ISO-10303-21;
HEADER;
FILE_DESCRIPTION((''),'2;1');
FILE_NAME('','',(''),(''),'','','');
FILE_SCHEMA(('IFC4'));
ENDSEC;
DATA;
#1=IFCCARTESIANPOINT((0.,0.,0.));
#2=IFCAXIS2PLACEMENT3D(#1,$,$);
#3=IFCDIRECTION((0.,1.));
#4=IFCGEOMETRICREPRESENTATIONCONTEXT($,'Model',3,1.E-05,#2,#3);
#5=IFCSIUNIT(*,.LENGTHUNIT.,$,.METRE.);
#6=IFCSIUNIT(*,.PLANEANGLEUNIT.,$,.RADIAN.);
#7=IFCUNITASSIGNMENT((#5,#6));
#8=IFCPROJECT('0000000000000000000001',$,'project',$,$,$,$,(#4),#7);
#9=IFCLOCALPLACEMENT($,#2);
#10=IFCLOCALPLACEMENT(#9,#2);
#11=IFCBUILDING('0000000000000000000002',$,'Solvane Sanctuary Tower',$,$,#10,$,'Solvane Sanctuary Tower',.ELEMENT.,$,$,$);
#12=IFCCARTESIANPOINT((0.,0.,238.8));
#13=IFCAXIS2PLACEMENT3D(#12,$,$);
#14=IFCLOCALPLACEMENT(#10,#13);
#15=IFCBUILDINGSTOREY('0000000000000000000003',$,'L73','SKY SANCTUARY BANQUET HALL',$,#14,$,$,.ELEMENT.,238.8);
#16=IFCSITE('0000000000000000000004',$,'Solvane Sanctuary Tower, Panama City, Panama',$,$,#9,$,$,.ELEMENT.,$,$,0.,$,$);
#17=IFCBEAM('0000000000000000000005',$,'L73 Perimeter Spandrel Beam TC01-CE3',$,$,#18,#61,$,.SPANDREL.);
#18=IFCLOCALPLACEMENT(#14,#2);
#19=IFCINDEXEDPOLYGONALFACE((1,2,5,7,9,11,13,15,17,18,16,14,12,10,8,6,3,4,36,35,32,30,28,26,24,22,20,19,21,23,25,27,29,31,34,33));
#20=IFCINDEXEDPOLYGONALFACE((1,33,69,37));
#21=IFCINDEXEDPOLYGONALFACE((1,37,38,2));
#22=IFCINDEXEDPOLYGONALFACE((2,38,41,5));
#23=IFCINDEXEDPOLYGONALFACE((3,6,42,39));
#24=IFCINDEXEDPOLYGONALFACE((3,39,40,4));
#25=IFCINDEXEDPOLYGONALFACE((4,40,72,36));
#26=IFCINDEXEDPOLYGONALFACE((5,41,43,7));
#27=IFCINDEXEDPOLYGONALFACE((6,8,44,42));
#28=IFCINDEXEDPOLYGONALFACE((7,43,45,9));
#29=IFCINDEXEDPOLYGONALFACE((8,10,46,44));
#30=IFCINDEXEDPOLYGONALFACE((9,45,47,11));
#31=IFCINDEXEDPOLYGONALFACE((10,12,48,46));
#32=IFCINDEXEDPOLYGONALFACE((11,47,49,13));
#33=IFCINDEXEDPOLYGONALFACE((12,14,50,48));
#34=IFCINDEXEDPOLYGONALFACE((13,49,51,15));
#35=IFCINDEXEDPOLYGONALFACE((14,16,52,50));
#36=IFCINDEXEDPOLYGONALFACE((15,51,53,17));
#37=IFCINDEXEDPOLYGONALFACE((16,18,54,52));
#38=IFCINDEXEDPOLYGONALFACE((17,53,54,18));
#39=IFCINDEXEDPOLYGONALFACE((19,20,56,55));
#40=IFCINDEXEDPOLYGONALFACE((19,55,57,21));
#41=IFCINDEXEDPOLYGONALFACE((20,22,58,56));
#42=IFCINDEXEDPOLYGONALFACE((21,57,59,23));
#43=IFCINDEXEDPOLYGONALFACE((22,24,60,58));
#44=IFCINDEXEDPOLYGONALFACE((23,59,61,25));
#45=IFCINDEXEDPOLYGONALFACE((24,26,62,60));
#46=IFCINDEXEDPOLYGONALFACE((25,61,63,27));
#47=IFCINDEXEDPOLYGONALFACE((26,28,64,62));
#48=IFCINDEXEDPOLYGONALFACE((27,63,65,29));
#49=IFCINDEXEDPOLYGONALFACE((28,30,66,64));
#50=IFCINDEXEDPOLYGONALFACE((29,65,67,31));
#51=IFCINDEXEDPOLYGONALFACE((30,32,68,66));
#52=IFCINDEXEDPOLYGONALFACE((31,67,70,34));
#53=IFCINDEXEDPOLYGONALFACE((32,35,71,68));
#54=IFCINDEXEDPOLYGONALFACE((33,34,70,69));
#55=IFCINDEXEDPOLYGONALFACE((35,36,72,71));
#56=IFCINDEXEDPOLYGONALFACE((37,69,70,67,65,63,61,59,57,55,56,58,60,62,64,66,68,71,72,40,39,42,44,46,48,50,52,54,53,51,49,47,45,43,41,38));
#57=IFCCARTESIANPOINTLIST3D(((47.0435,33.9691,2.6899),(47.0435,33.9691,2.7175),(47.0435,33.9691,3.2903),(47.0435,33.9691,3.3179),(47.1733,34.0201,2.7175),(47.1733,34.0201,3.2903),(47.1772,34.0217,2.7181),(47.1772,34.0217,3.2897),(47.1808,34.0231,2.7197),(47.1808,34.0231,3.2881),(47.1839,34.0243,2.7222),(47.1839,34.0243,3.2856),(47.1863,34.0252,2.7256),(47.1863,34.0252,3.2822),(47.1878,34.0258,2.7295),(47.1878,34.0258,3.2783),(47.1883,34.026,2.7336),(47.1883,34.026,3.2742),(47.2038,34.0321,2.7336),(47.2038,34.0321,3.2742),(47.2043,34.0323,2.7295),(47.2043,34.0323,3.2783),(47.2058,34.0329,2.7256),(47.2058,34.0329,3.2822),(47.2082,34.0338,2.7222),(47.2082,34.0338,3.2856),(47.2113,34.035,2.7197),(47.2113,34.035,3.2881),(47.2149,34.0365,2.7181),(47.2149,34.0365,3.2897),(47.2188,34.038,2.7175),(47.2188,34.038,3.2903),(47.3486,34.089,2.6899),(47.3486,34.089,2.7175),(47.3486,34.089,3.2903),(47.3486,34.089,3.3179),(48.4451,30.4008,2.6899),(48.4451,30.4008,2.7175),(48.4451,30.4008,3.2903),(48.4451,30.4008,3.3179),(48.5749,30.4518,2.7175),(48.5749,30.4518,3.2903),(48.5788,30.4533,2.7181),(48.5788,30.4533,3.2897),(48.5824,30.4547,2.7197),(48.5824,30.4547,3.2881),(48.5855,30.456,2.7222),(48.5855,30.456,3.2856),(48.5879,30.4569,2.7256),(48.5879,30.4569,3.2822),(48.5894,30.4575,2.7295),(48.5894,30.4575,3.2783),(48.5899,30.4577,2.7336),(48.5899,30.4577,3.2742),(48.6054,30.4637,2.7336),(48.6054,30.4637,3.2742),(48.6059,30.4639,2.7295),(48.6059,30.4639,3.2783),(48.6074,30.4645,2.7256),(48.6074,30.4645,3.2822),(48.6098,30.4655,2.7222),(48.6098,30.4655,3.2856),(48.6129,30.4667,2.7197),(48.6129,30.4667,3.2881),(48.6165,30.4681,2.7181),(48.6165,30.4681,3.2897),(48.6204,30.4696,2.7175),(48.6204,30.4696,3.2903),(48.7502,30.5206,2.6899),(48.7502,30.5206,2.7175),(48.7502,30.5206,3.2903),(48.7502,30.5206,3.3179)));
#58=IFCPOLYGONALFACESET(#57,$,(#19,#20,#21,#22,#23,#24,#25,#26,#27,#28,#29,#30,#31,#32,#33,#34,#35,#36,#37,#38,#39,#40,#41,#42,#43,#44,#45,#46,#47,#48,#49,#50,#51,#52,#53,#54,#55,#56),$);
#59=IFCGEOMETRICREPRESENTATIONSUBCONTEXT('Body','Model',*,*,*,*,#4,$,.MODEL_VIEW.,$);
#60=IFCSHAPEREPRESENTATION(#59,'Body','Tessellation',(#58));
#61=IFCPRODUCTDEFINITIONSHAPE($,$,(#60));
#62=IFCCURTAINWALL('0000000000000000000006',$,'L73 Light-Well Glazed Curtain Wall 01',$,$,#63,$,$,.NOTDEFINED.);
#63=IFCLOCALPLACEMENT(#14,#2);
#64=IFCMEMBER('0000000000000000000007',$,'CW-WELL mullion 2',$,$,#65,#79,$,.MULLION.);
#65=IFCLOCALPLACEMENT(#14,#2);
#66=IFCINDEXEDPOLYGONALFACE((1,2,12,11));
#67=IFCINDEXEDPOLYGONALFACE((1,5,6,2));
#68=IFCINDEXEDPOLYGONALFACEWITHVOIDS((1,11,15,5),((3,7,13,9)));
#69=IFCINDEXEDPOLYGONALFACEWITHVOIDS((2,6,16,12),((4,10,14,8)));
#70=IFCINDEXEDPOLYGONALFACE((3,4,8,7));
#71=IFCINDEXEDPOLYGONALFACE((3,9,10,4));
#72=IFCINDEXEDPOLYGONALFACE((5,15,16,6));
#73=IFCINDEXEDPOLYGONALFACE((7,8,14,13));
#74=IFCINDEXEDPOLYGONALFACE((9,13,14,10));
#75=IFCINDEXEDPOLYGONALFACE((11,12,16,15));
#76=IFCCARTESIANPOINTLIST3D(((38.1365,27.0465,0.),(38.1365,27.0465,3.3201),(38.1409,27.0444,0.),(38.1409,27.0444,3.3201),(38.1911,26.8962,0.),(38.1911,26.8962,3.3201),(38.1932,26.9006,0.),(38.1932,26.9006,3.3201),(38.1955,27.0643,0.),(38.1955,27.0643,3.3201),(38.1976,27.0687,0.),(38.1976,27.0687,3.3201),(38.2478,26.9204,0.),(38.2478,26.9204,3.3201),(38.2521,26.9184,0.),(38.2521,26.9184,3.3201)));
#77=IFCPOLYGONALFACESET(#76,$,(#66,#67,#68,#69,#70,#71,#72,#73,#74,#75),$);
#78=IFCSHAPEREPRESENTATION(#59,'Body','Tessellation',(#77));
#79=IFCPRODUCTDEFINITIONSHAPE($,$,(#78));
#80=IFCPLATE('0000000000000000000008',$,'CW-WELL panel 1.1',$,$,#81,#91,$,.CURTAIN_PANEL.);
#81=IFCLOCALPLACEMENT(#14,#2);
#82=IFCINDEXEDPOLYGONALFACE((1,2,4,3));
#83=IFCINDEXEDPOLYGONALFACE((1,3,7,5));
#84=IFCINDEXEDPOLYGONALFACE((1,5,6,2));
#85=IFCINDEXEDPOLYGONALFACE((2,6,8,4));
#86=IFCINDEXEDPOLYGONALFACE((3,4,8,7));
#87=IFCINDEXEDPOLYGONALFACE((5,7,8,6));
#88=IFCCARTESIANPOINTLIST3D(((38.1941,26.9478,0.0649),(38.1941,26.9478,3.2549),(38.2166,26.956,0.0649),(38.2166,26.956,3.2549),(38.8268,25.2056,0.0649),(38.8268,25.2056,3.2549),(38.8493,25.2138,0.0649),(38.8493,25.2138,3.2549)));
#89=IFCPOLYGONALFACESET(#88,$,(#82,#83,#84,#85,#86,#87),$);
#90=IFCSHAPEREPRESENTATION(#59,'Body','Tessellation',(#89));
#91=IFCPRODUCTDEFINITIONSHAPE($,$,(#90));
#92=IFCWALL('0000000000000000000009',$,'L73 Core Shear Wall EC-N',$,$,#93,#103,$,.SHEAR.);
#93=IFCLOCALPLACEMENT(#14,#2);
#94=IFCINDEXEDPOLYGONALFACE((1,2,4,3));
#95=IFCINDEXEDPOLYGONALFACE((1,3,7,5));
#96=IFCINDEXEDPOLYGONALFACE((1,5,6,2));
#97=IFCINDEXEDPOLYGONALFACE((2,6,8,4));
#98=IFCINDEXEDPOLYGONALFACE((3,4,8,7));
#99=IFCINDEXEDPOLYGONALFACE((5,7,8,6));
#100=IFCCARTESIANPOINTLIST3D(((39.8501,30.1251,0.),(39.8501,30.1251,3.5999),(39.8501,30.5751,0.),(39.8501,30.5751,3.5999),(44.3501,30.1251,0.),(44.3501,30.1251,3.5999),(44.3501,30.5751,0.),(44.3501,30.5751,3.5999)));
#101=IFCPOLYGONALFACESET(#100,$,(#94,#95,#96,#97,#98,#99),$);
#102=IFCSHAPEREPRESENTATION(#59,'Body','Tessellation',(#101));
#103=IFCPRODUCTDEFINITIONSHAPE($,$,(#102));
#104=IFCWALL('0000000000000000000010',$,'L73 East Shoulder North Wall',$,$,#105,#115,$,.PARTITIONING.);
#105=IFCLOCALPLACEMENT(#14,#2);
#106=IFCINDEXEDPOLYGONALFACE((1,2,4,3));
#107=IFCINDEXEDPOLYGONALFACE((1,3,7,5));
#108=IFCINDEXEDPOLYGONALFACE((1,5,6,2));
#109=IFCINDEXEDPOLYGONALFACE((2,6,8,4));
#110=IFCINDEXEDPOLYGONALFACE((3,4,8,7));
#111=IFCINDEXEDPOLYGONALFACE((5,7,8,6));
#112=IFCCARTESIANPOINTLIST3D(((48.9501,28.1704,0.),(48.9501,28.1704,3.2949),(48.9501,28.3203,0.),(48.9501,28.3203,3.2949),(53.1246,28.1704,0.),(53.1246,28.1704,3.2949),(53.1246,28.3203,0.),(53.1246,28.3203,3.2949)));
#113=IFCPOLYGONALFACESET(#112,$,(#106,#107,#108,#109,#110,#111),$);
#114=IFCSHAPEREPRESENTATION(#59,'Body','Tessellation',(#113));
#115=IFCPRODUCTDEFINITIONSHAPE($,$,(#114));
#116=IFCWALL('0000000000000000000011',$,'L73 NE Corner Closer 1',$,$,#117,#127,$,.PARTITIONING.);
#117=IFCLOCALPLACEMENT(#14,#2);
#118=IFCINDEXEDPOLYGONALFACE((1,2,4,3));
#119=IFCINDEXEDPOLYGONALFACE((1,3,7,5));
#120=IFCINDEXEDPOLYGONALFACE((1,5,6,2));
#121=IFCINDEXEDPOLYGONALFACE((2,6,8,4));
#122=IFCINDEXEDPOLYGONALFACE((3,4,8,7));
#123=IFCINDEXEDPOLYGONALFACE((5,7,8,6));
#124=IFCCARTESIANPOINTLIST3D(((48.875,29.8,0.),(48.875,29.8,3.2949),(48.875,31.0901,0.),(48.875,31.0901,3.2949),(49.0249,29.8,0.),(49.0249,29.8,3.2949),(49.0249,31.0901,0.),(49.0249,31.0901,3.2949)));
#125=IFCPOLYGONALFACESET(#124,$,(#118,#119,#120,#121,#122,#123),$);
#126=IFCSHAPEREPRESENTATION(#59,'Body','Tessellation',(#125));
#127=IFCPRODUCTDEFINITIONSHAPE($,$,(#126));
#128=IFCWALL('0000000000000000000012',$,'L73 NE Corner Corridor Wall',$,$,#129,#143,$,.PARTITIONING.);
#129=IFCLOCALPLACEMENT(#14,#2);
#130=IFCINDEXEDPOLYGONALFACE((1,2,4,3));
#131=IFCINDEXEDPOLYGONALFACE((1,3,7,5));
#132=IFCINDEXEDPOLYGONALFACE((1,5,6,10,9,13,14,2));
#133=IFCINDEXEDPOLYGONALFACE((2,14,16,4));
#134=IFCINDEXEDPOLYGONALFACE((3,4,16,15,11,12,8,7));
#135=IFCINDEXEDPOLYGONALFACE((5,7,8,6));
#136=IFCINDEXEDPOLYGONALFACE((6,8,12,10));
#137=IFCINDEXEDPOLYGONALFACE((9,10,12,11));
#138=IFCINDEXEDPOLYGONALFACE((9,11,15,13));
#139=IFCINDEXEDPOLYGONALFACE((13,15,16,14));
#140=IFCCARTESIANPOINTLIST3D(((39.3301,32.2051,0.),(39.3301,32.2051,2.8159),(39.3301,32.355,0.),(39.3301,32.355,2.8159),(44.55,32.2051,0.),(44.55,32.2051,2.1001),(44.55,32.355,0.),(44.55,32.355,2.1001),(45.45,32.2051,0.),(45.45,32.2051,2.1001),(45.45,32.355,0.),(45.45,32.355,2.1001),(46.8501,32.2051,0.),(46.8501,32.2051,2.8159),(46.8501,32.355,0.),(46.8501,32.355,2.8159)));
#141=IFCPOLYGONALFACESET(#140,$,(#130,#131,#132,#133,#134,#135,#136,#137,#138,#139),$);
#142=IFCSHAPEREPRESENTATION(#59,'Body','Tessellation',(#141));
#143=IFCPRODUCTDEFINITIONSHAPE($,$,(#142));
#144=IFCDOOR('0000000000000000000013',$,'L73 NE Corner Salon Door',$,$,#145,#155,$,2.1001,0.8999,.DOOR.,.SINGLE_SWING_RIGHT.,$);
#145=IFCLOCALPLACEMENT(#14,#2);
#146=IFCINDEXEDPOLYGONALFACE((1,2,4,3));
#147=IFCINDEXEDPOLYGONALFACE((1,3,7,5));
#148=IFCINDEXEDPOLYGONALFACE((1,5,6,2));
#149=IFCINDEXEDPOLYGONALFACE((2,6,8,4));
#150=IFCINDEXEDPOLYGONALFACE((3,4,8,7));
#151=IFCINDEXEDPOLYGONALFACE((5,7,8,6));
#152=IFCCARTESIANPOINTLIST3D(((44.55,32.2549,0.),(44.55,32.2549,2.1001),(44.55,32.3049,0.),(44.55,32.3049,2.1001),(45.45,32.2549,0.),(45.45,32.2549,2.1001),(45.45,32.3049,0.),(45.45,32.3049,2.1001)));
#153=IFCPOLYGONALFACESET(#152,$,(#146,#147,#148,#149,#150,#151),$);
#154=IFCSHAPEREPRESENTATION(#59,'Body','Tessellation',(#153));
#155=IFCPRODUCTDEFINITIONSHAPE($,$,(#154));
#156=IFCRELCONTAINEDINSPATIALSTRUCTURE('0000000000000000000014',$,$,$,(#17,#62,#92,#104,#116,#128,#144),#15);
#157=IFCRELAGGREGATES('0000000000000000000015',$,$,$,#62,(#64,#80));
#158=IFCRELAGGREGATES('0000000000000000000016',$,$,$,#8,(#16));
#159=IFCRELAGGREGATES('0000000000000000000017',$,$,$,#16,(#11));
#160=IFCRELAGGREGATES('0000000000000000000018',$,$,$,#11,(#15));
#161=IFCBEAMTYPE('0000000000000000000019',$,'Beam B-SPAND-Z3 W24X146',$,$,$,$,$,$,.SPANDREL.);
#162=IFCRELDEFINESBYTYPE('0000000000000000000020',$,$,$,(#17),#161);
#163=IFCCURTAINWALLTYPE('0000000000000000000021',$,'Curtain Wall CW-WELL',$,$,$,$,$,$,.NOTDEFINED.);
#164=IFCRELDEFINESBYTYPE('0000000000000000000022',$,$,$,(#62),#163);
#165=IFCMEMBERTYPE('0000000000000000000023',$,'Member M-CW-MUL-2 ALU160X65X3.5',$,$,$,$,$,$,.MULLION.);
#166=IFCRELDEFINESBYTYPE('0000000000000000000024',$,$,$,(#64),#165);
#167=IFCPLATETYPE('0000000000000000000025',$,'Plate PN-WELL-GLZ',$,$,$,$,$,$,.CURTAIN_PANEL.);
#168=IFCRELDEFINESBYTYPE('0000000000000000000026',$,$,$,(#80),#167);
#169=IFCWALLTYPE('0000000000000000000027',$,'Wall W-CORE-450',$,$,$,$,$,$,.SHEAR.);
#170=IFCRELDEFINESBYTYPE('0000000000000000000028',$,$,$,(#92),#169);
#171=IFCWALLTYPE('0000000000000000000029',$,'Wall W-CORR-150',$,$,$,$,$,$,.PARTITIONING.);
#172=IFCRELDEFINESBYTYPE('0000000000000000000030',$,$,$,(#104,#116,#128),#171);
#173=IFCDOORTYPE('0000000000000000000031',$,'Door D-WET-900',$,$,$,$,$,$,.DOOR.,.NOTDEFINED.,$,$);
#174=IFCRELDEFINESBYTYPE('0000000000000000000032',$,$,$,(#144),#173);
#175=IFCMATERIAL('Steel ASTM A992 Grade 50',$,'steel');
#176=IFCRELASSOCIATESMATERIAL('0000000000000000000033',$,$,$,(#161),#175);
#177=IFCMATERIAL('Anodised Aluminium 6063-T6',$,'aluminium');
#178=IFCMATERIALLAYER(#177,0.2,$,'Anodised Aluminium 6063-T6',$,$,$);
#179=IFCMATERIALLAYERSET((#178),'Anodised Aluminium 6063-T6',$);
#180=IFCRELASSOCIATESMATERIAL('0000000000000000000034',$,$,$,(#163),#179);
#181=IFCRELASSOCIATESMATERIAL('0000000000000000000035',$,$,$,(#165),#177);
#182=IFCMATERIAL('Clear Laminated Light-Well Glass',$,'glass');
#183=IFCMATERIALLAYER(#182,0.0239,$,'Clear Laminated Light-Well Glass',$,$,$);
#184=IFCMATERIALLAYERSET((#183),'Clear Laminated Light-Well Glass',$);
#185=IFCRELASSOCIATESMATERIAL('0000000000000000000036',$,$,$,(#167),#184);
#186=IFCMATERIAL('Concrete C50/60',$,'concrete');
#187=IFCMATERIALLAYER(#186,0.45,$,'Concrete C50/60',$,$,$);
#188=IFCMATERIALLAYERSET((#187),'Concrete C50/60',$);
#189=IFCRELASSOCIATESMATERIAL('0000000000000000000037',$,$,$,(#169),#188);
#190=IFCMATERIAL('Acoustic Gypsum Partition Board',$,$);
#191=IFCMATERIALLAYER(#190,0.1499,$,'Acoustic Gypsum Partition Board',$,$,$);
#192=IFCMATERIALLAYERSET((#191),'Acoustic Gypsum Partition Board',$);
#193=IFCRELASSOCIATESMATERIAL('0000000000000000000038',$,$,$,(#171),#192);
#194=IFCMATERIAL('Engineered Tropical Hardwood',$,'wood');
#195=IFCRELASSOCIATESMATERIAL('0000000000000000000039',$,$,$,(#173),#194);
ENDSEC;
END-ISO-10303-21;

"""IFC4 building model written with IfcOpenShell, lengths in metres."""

from ifc_helpers import new_model, si_unit, direction, frame, frame_2d, origin, origin_2d, place, context, subcontext, project, spatial, rectangle, hollow_rectangle, i_section, extrude, material, layer, layer_set, material_profile, profile_set, type_object, element, fill, aggregate, save


model = new_model("IFC4")

# Units and contexts
model_context = context("Model", 3, precision=1e-05, world=origin(), true_north=direction((0.0, 1.0)))
body_context = subcontext(model_context, "Body", "Model", "MODEL_VIEW")
ifc_project = project(units=[si_unit("LENGTHUNIT", "METRE"), si_unit("PLANEANGLEUNIT", "RADIAN")], contexts=[model_context])

# Site, building, storey
site_placement = place(None, origin())
site = spatial("IfcSite", under=ifc_project, at=site_placement, Name="Solvane Sanctuary Tower, Panama City, Panama", CompositionType="ELEMENT", RefElevation=0.0)
building_placement = place(site_placement, origin())
building = spatial("IfcBuilding", under=site, at=building_placement, Name="Solvane Sanctuary Tower", LongName="Solvane Sanctuary Tower", CompositionType="ELEMENT")
storey_placement = place(building_placement, frame((0.0, 0.0, 238.8)))
storey = spatial("IfcBuildingStorey", under=building, at=storey_placement, Name="L73", Description="SKY SANCTUARY BANQUET HALL", CompositionType="ELEMENT", Elevation=238.8)

# Beam
ifc_material_1 = material(Name="Steel ASTM A992 Grade 50", Category="steel")
ifc_material_profile_1 = material_profile(ifc_material_1, i_section(OverallWidth=0.3279, OverallDepth=0.6279, WebThickness=0.0166, FlangeThickness=0.0276, FilletRadius=0.0161, at=origin_2d()), Name="W24X146")
ifc_profile_set_1 = profile_set([ifc_material_profile_1], Name="Steel ASTM A992 Grade 50")
beam_type_1 = type_object("IfcBeamType", Name="Beam B-SPAND-Z3 W24X146", PredefinedType="SPANDREL", material=ifc_profile_set_1)
beam_1_placement = place(storey_placement, frame((47.196, 34.0291, 3.0039), z_axis=(0.365597, -0.930773, 0.0), x_axis=(0.930773, 0.365597, 0.0)))
element("IfcBeam", 1, at=beam_1_placement, inside=storey, type_object=beam_type_1, Name="L73 Perimeter Spandrel Beam TC01-CE3", PredefinedType="SPANDREL", context=body_context, shape_type="SweptSolid", body=[
    extrude(i_section(OverallWidth=0.3279, OverallDepth=0.6279, WebThickness=0.0166, FlangeThickness=0.0276, FilletRadius=0.0161, at=origin_2d()), origin(), (0.0, 0.0, 1.0), 3.8337),
])

# Curtain wall, member, plate
ifc_material_2 = material(Name="Anodised Aluminium 6063-T6", Category="aluminium")
ifc_layer_1 = layer(ifc_material_2, 0.2, Name="Anodised Aluminium 6063-T6")
ifc_layer_set_1 = layer_set([ifc_layer_1], Name="Anodised Aluminium 6063-T6")
curtain_wall_type = type_object("IfcCurtainWallType", Name="Curtain Wall CW-WELL", PredefinedType="NOTDEFINED", material=ifc_layer_set_1)
curtain_wall_placement = place(storey_placement, origin())
curtain_wall = element("IfcCurtainWall", 2, at=curtain_wall_placement, inside=storey, type_object=curtain_wall_type, Name="L73 Light-Well Glazed Curtain Wall 01", PredefinedType="NOTDEFINED")
ifc_material_profile_2 = material_profile(ifc_material_2, hollow_rectangle(XDim=0.0649, YDim=0.1599, WallThickness=0.0034, at=origin_2d()), Name="ALU160X65X3.5")
ifc_profile_set_2 = profile_set([ifc_material_profile_2], Name="Anodised Aluminium 6063-T6")
member_type = type_object("IfcMemberType", Name="Member M-CW-MUL-2 ALU160X65X3.5", PredefinedType="MULLION", material=ifc_profile_set_2)
member_placement = place(storey_placement, frame((38.1943, 26.9824, 0.0), z_axis=(0.0, 0.0, 1.0), x_axis=(-0.939933, -0.341358, 0.0)))
member = element("IfcMember", 3, at=member_placement, type_object=member_type, Name="CW-WELL mullion 2", PredefinedType="MULLION", context=body_context, shape_type="SweptSolid", body=[
    extrude(hollow_rectangle(XDim=0.0649, YDim=0.1599, WallThickness=0.0034, at=origin_2d()), origin(), (0.0, 0.0, 1.0), 3.3201),
])
ifc_material_3 = material(Name="Clear Laminated Light-Well Glass", Category="glass")
ifc_layer_2 = layer(ifc_material_3, 0.0239, Name="Clear Laminated Light-Well Glass")
ifc_layer_set_2 = layer_set([ifc_layer_2], Name="Clear Laminated Light-Well Glass")
plate_type = type_object("IfcPlateType", Name="Plate PN-WELL-GLZ", PredefinedType="CURTAIN_PANEL", material=ifc_layer_set_2)
plate_placement = place(storey_placement, frame((38.5217, 26.0808, 0.0649), z_axis=(0.0, 0.0, 1.0), x_axis=(-0.341358, 0.939933, 0.0)))
plate = element("IfcPlate", 4, at=plate_placement, type_object=plate_type, Name="CW-WELL panel 1.1", PredefinedType="CURTAIN_PANEL", context=body_context, shape_type="SweptSolid", body=[
    extrude(rectangle(XDim=1.8535, YDim=0.0239, at=origin_2d()), origin(), (0.0, 0.0, 1.0), 3.1899),
])
aggregate(curtain_wall, [member, plate])

# Walls
ifc_material_4 = material(Name="Concrete C50/60", Category="concrete")
ifc_layer_3 = layer(ifc_material_4, 0.45, Name="Concrete C50/60")
ifc_layer_set_3 = layer_set([ifc_layer_3], Name="Concrete C50/60")
wall_type_1 = type_object("IfcWallType", Name="Wall W-CORE-450", PredefinedType="SHEAR", material=ifc_layer_set_3)
wall_1_placement = place(storey_placement, frame((39.8501, 30.3501, 0.0), z_axis=(0.0, 0.0, 1.0), x_axis=(1.0, 0.0, 0.0)))
element("IfcWall", 5, at=wall_1_placement, inside=storey, type_object=wall_type_1, Name="L73 Core Shear Wall EC-N", PredefinedType="SHEAR", context=body_context, shape_type="SweptSolid", body=[
    extrude(rectangle(XDim=4.5, YDim=0.45, at=frame_2d((2.25, 0.0))), origin(), (0.0, 0.0, 1.0), 3.5999),
])
ifc_material_5 = material(Name="Acoustic Gypsum Partition Board")
ifc_layer_4 = layer(ifc_material_5, 0.1499, Name="Acoustic Gypsum Partition Board")
ifc_layer_set_4 = layer_set([ifc_layer_4], Name="Acoustic Gypsum Partition Board")
wall_type_2 = type_object("IfcWallType", Name="Wall W-CORR-150", PredefinedType="PARTITIONING", material=ifc_layer_set_4)
wall_2_placement = place(storey_placement, frame((48.95, 28.2454, 0.0), z_axis=(0.0, 0.0, 1.0), x_axis=(1.0, 0.0, 0.0)))
element("IfcWall", 6, at=wall_2_placement, inside=storey, type_object=wall_type_2, Name="L73 East Shoulder North Wall", PredefinedType="PARTITIONING", context=body_context, shape_type="SweptSolid", body=[
    extrude(rectangle(XDim=4.1746, YDim=0.1499, at=frame_2d((2.0874, 0.0))), origin(), (0.0, 0.0, 1.0), 3.2949),
])
wall_3_placement = place(storey_placement, frame((48.95, 29.8, 0.0), z_axis=(0.0, 0.0, 1.0), x_axis=(0.0, 1.0, 0.0)))
element("IfcWall", 7, at=wall_3_placement, inside=storey, type_object=wall_type_2, Name="L73 NE Corner Closer 1", PredefinedType="PARTITIONING", context=body_context, shape_type="SweptSolid", body=[
    extrude(rectangle(XDim=1.29, YDim=0.1499, at=frame_2d((0.645, 0.0))), origin(), (0.0, 0.0, 1.0), 3.2949),
])

# Wall, opening, door
wall_4_placement = place(storey_placement, frame((39.3301, 32.28, 0.0), z_axis=(0.0, 0.0, 1.0), x_axis=(1.0, 0.0, 0.0)))
wall_4 = element("IfcWall", 8, at=wall_4_placement, inside=storey, type_object=wall_type_2, Name="L73 NE Corner Corridor Wall", PredefinedType="PARTITIONING", context=body_context, shape_type="SweptSolid", body=[
    extrude(rectangle(XDim=7.52, YDim=0.1499, at=frame_2d((3.76, 0.0))), origin(), (0.0, 0.0, 1.0), 2.8159),
])
opening_1_placement = place(wall_4_placement, frame((5.22, 0.0, 0.0)))
opening_1 = element("IfcOpeningElement", 9, at=opening_1_placement, cuts=wall_4, PredefinedType="OPENING", context=body_context, shape_type="SweptSolid", body=[
    extrude(rectangle(XDim=0.8999, YDim=2.1001, at=frame_2d((0.45, 1.05))), frame((0.0, 0.085, 0.0), z_axis=(0.0, -1.0, 0.0), x_axis=(1.0, 0.0, 0.0)), (0.0, 0.0, 1.0), 0.1699),
])
ifc_material_6 = material(Name="Engineered Tropical Hardwood", Category="wood")
door_type_1 = type_object("IfcDoorType", Name="Door D-WET-900", OperationType="NOTDEFINED", PredefinedType="DOOR", material=ifc_material_6)
door_1_placement = place(opening_1_placement, origin())
door_1 = element("IfcDoor", 10, at=door_1_placement, inside=storey, type_object=door_type_1, Name="L73 NE Corner Salon Door", OperationType="SINGLE_SWING_RIGHT", OverallHeight=2.1001, OverallWidth=0.8999, PredefinedType="DOOR", context=body_context, shape_type="SweptSolid", body=[
    extrude(rectangle(XDim=0.8999, YDim=2.1001, at=frame_2d((0.45, 1.05))), frame((0.0, 0.0249, 0.0), z_axis=(0.0, -1.0, 0.0), x_axis=(1.0, 0.0, 0.0)), (0.0, 0.0, 1.0), 0.05),
])
fill(opening_1, door_1)

save(model, "model.ifc")
